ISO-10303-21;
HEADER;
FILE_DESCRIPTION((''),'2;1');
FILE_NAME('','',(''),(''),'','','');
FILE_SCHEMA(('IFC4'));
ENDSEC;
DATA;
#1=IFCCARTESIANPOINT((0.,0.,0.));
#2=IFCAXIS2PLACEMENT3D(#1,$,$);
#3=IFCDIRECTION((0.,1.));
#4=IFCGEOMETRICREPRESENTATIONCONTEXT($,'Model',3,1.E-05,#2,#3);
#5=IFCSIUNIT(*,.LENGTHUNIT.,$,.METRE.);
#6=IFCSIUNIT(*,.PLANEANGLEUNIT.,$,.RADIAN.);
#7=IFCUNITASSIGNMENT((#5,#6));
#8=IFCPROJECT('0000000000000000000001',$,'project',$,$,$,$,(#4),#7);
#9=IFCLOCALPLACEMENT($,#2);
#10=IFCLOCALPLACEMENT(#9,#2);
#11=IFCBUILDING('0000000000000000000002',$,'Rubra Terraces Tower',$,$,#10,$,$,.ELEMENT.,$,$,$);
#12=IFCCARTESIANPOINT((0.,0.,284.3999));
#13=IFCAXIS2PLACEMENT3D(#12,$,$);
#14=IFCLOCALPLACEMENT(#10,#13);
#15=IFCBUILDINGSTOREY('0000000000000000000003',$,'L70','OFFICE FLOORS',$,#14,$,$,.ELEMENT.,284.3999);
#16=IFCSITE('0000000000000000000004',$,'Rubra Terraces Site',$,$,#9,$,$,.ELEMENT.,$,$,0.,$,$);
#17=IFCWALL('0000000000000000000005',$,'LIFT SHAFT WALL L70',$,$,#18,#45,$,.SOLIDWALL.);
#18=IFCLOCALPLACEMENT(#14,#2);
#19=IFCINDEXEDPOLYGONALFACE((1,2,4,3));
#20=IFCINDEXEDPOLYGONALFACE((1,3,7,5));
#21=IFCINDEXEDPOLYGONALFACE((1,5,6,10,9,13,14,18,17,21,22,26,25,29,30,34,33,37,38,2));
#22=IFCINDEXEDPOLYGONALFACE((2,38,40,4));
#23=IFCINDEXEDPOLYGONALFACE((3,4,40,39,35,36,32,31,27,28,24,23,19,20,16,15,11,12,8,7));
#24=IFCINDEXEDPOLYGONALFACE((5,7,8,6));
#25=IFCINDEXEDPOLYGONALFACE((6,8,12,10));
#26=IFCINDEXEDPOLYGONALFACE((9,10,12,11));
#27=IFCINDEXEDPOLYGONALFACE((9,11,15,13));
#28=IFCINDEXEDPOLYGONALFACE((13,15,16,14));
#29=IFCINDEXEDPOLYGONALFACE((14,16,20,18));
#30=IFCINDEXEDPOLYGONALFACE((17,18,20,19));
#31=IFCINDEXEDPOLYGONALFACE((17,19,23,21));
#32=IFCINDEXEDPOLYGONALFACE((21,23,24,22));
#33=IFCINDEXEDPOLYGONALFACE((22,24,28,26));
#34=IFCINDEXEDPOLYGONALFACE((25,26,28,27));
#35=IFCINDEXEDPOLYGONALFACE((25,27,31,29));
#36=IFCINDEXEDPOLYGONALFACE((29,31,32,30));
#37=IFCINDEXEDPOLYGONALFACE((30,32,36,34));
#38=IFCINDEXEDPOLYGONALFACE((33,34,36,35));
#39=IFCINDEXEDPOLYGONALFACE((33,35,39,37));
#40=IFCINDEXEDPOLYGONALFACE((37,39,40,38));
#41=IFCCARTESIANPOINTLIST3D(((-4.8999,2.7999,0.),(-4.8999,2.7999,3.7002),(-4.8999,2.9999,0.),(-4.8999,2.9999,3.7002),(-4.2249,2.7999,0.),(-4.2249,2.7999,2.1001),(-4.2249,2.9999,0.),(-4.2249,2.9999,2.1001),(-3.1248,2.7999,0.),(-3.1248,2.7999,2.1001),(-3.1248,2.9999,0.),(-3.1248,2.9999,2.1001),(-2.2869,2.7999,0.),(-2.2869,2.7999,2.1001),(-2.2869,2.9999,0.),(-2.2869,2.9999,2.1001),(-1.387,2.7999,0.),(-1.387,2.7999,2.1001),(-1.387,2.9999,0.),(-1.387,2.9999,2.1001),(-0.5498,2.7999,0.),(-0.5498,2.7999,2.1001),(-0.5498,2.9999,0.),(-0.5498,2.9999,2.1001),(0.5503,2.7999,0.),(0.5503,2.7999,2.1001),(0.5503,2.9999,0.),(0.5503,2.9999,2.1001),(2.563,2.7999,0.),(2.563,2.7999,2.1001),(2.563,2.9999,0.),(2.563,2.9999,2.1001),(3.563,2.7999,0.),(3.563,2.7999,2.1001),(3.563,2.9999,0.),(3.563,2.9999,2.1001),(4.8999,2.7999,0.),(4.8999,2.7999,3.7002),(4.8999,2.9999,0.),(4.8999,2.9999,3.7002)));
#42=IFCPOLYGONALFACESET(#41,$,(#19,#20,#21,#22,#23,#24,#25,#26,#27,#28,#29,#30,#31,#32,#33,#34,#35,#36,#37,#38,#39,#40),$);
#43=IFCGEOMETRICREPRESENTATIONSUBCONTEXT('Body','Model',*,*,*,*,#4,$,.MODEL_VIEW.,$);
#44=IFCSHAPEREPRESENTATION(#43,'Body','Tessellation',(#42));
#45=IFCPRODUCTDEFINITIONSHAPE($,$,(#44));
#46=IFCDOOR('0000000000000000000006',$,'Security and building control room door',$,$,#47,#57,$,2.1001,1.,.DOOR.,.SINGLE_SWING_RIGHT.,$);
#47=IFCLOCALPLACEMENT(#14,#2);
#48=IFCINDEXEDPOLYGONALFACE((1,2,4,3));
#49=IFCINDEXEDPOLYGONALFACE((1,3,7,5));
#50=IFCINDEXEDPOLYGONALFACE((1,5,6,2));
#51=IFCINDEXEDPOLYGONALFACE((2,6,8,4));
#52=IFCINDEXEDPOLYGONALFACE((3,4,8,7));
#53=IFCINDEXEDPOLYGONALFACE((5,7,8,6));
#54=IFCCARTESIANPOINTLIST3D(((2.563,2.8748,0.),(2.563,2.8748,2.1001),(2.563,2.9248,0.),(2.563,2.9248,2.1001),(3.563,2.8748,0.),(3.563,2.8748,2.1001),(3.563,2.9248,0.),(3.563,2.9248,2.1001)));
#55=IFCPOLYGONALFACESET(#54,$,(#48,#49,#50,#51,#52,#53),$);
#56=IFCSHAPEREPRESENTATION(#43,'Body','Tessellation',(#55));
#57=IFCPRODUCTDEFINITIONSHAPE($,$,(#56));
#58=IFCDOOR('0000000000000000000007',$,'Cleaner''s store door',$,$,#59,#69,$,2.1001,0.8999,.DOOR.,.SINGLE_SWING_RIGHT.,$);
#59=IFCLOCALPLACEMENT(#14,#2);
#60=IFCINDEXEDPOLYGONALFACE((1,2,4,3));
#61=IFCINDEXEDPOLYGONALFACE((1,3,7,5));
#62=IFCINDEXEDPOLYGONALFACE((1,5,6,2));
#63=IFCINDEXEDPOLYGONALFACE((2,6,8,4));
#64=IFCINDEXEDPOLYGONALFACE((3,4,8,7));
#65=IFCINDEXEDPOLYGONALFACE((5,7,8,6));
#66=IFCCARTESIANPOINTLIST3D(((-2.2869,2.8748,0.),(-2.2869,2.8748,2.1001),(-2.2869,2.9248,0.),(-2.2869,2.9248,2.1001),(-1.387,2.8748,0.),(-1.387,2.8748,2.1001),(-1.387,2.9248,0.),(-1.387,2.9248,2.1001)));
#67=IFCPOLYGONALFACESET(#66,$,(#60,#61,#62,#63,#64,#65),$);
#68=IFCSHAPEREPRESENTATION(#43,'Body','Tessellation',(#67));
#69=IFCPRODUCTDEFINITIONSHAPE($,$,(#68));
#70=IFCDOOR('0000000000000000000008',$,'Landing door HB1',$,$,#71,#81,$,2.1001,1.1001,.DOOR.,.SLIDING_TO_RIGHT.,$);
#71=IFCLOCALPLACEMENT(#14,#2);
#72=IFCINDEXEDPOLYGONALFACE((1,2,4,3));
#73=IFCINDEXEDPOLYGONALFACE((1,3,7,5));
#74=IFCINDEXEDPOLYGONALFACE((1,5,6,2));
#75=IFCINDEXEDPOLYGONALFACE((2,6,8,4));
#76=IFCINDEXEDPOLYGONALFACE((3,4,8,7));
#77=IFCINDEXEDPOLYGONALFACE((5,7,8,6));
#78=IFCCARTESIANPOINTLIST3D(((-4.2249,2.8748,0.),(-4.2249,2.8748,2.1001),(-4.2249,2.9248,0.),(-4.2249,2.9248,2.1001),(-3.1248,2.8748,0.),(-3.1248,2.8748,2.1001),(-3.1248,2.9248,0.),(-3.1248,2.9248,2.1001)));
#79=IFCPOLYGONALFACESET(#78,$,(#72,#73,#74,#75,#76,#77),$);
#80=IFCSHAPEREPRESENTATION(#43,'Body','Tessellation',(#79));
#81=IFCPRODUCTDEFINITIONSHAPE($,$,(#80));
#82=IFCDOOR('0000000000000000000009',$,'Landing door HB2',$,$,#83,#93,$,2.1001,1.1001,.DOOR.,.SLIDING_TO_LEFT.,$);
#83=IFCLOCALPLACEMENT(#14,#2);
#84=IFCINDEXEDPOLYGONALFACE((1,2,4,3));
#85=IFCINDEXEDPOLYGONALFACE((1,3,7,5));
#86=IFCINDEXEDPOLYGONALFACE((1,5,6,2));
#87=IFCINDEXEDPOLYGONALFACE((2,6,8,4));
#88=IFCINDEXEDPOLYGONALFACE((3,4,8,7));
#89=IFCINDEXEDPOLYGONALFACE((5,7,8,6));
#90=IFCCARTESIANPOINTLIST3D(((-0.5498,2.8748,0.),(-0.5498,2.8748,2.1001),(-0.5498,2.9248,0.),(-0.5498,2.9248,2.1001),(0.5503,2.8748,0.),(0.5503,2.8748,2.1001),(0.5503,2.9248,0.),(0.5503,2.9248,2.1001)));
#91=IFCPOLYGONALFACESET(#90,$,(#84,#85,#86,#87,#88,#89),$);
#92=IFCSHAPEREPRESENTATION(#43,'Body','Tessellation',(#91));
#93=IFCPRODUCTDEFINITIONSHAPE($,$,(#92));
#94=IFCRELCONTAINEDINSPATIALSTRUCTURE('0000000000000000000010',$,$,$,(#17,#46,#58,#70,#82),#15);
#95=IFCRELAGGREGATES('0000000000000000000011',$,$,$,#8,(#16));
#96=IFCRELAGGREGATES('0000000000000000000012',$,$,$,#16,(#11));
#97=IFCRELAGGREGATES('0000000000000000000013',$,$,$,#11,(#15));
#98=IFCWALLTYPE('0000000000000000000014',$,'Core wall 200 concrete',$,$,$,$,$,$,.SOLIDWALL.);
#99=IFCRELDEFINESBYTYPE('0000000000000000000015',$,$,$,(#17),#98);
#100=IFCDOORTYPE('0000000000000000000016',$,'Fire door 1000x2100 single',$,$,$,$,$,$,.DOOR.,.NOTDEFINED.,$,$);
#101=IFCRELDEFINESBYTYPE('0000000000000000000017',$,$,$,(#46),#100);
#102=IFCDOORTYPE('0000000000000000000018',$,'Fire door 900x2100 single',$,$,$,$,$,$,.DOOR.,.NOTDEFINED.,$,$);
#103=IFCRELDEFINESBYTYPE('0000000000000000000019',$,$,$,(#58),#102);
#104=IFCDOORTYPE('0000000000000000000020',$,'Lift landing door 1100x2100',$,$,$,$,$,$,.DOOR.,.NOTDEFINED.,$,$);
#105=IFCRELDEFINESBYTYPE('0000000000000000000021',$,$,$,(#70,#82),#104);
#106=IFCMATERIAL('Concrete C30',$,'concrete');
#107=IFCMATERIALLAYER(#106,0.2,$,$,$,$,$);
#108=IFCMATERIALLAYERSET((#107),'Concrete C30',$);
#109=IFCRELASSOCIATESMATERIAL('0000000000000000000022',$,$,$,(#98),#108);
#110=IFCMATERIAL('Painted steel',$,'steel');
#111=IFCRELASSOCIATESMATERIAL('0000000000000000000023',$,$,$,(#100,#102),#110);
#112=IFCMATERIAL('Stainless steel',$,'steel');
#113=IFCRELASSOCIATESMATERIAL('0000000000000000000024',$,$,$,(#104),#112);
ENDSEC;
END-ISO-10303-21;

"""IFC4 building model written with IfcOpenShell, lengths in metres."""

from ifc_helpers import new_model, si_unit, direction, frame, frame_2d, origin, place, context, subcontext, project, spatial, rectangle, extrude, material, layer, layer_set, type_object, element, fill, save


model = new_model("IFC4")

# Units and contexts
model_context = context("Model", 3, precision=1e-05, world=origin(), true_north=direction((0.0, 1.0)))
body_context = subcontext(model_context, "Body", "Model", "MODEL_VIEW")
ifc_project = project(units=[si_unit("LENGTHUNIT", "METRE"), si_unit("PLANEANGLEUNIT", "RADIAN")], contexts=[model_context])

# Site, building, storey
site_placement = place(None, origin())
site = spatial("IfcSite", under=ifc_project, at=site_placement, Name="Rubra Terraces Site", CompositionType="ELEMENT", RefElevation=0.0)
building_placement = place(site_placement, origin())
building = spatial("IfcBuilding", under=site, at=building_placement, Name="Rubra Terraces Tower", CompositionType="ELEMENT")
storey_placement = place(building_placement, frame((0.0, 0.0, 284.3999)))
storey = spatial("IfcBuildingStorey", under=building, at=storey_placement, Name="L70", Description="OFFICE FLOORS", CompositionType="ELEMENT", Elevation=284.3999)

# Shared definitions
ifc_material_1 = material(Name="Concrete C30", Category="concrete")
ifc_layer_1 = layer(ifc_material_1, 0.2)
ifc_layer_set_1 = layer_set([ifc_layer_1], Name="Concrete C30")
wall_type_1 = type_object("IfcWallType", Name="Core wall 200 concrete", PredefinedType="SOLIDWALL", material=ifc_layer_set_1)
ifc_material_2 = material(Name="Painted steel", Category="steel")
ifc_material_3 = material(Name="Stainless steel", Category="steel")

# Wall, openings, doors
wall_1_placement = place(storey_placement, frame((-4.8999, 2.8999, 0.0), z_axis=(0.0, 0.0, 1.0), x_axis=(1.0, 0.0, 0.0)))
wall_1 = element("IfcWall", 1, at=wall_1_placement, inside=storey, type_object=wall_type_1, Name="LIFT SHAFT WALL L70", PredefinedType="SOLIDWALL", context=body_context, shape_type="SweptSolid", body=[
    extrude(rectangle(XDim=9.7998, YDim=0.2, at=frame_2d((4.8999, 0.0))), origin(), (0.0, 0.0, 1.0), 3.7002),
])
opening_1_placement = place(wall_1_placement, frame((0.675, 0.0, 0.0)))
opening_1 = element("IfcOpeningElement", 2, at=opening_1_placement, cuts=wall_1, PredefinedType="OPENING", context=body_context, shape_type="SweptSolid", body=[
    extrude(rectangle(XDim=1.1001, YDim=2.1001, at=frame_2d((0.55, 1.05))), frame((0.0, 0.1099, 0.0), z_axis=(0.0, -1.0, 0.0), x_axis=(1.0, 0.0, 0.0)), (0.0, 0.0, 1.0), 0.22),
])
opening_2_placement = place(wall_1_placement, frame((2.613, 0.0, 0.0)))
opening_2 = element("IfcOpeningElement", 3, at=opening_2_placement, cuts=wall_1, PredefinedType="OPENING", context=body_context, shape_type="SweptSolid", body=[
    extrude(rectangle(XDim=0.8999, YDim=2.1001, at=frame_2d((0.45, 1.05))), frame((0.0, 0.1099, 0.0), z_axis=(0.0, -1.0, 0.0), x_axis=(1.0, 0.0, 0.0)), (0.0, 0.0, 1.0), 0.22),
])
opening_3_placement = place(wall_1_placement, frame((4.3501, 0.0, 0.0)))
opening_3 = element("IfcOpeningElement", 4, at=opening_3_placement, cuts=wall_1, PredefinedType="OPENING", context=body_context, shape_type="SweptSolid", body=[
    extrude(rectangle(XDim=1.1001, YDim=2.1001, at=frame_2d((0.55, 1.05))), frame((0.0, 0.1099, 0.0), z_axis=(0.0, -1.0, 0.0), x_axis=(1.0, 0.0, 0.0)), (0.0, 0.0, 1.0), 0.22),
])
opening_4_placement = place(wall_1_placement, frame((7.4629, 0.0, 0.0)))
opening_4 = element("IfcOpeningElement", 5, at=opening_4_placement, cuts=wall_1, PredefinedType="OPENING", context=body_context, shape_type="SweptSolid", body=[
    extrude(rectangle(XDim=1.0, YDim=2.1001, at=frame_2d((0.5, 1.05))), frame((0.0, 0.1099, 0.0), z_axis=(0.0, -1.0, 0.0), x_axis=(1.0, 0.0, 0.0)), (0.0, 0.0, 1.0), 0.22),
])
door_type_1 = type_object("IfcDoorType", Name="Fire door 1000x2100 single", OperationType="NOTDEFINED", PredefinedType="DOOR", material=ifc_material_2)
door_1_placement = place(opening_4_placement, origin())
door_1 = element("IfcDoor", 6, at=door_1_placement, inside=storey, type_object=door_type_1, Name="Security and building control room door", OperationType="SINGLE_SWING_RIGHT", OverallHeight=2.1001, OverallWidth=1.0, PredefinedType="DOOR", context=body_context, shape_type="SweptSolid", body=[
    extrude(rectangle(XDim=1.0, YDim=2.1001, at=frame_2d((0.5, 1.05))), frame((0.0, 0.0249, 0.0), z_axis=(0.0, -1.0, 0.0), x_axis=(1.0, 0.0, 0.0)), (0.0, 0.0, 1.0), 0.05),
])
fill(opening_4, door_1)
door_type_2 = type_object("IfcDoorType", Name="Fire door 900x2100 single", OperationType="NOTDEFINED", PredefinedType="DOOR", material=ifc_material_2)
door_2_placement = place(opening_2_placement, origin())
door_2 = element("IfcDoor", 7, at=door_2_placement, inside=storey, type_object=door_type_2, Name="Cleaner's store door", OperationType="SINGLE_SWING_RIGHT", OverallHeight=2.1001, OverallWidth=0.8999, PredefinedType="DOOR", context=body_context, shape_type="SweptSolid", body=[
    extrude(rectangle(XDim=0.8999, YDim=2.1001, at=frame_2d((0.45, 1.05))), frame((0.0, 0.0249, 0.0), z_axis=(0.0, -1.0, 0.0), x_axis=(1.0, 0.0, 0.0)), (0.0, 0.0, 1.0), 0.05),
])
fill(opening_2, door_2)
door_type_3 = type_object("IfcDoorType", Name="Lift landing door 1100x2100", OperationType="NOTDEFINED", PredefinedType="DOOR", material=ifc_material_3)
door_3_placement = place(opening_1_placement, origin())
door_3 = element("IfcDoor", 8, at=door_3_placement, inside=storey, type_object=door_type_3, Name="Landing door HB1", OperationType="SLIDING_TO_RIGHT", OverallHeight=2.1001, OverallWidth=1.1001, PredefinedType="DOOR", context=body_context, shape_type="SweptSolid", body=[
    extrude(rectangle(XDim=1.1001, YDim=2.1001, at=frame_2d((0.55, 1.05))), frame((0.0, 0.0249, 0.0), z_axis=(0.0, -1.0, 0.0), x_axis=(1.0, 0.0, 0.0)), (0.0, 0.0, 1.0), 0.05),
])
fill(opening_1, door_3)
door_4_placement = place(opening_3_placement, origin())
door_4 = element("IfcDoor", 9, at=door_4_placement, inside=storey, type_object=door_type_3, Name="Landing door HB2", OperationType="SLIDING_TO_LEFT", OverallHeight=2.1001, OverallWidth=1.1001, PredefinedType="DOOR", context=body_context, shape_type="SweptSolid", body=[
    extrude(rectangle(XDim=1.1001, YDim=2.1001, at=frame_2d((0.55, 1.05))), frame((0.0, 0.0249, 0.0), z_axis=(0.0, -1.0, 0.0), x_axis=(1.0, 0.0, 0.0)), (0.0, 0.0, 1.0), 0.05),
])
fill(opening_3, door_4)

save(model, "model.ifc")
